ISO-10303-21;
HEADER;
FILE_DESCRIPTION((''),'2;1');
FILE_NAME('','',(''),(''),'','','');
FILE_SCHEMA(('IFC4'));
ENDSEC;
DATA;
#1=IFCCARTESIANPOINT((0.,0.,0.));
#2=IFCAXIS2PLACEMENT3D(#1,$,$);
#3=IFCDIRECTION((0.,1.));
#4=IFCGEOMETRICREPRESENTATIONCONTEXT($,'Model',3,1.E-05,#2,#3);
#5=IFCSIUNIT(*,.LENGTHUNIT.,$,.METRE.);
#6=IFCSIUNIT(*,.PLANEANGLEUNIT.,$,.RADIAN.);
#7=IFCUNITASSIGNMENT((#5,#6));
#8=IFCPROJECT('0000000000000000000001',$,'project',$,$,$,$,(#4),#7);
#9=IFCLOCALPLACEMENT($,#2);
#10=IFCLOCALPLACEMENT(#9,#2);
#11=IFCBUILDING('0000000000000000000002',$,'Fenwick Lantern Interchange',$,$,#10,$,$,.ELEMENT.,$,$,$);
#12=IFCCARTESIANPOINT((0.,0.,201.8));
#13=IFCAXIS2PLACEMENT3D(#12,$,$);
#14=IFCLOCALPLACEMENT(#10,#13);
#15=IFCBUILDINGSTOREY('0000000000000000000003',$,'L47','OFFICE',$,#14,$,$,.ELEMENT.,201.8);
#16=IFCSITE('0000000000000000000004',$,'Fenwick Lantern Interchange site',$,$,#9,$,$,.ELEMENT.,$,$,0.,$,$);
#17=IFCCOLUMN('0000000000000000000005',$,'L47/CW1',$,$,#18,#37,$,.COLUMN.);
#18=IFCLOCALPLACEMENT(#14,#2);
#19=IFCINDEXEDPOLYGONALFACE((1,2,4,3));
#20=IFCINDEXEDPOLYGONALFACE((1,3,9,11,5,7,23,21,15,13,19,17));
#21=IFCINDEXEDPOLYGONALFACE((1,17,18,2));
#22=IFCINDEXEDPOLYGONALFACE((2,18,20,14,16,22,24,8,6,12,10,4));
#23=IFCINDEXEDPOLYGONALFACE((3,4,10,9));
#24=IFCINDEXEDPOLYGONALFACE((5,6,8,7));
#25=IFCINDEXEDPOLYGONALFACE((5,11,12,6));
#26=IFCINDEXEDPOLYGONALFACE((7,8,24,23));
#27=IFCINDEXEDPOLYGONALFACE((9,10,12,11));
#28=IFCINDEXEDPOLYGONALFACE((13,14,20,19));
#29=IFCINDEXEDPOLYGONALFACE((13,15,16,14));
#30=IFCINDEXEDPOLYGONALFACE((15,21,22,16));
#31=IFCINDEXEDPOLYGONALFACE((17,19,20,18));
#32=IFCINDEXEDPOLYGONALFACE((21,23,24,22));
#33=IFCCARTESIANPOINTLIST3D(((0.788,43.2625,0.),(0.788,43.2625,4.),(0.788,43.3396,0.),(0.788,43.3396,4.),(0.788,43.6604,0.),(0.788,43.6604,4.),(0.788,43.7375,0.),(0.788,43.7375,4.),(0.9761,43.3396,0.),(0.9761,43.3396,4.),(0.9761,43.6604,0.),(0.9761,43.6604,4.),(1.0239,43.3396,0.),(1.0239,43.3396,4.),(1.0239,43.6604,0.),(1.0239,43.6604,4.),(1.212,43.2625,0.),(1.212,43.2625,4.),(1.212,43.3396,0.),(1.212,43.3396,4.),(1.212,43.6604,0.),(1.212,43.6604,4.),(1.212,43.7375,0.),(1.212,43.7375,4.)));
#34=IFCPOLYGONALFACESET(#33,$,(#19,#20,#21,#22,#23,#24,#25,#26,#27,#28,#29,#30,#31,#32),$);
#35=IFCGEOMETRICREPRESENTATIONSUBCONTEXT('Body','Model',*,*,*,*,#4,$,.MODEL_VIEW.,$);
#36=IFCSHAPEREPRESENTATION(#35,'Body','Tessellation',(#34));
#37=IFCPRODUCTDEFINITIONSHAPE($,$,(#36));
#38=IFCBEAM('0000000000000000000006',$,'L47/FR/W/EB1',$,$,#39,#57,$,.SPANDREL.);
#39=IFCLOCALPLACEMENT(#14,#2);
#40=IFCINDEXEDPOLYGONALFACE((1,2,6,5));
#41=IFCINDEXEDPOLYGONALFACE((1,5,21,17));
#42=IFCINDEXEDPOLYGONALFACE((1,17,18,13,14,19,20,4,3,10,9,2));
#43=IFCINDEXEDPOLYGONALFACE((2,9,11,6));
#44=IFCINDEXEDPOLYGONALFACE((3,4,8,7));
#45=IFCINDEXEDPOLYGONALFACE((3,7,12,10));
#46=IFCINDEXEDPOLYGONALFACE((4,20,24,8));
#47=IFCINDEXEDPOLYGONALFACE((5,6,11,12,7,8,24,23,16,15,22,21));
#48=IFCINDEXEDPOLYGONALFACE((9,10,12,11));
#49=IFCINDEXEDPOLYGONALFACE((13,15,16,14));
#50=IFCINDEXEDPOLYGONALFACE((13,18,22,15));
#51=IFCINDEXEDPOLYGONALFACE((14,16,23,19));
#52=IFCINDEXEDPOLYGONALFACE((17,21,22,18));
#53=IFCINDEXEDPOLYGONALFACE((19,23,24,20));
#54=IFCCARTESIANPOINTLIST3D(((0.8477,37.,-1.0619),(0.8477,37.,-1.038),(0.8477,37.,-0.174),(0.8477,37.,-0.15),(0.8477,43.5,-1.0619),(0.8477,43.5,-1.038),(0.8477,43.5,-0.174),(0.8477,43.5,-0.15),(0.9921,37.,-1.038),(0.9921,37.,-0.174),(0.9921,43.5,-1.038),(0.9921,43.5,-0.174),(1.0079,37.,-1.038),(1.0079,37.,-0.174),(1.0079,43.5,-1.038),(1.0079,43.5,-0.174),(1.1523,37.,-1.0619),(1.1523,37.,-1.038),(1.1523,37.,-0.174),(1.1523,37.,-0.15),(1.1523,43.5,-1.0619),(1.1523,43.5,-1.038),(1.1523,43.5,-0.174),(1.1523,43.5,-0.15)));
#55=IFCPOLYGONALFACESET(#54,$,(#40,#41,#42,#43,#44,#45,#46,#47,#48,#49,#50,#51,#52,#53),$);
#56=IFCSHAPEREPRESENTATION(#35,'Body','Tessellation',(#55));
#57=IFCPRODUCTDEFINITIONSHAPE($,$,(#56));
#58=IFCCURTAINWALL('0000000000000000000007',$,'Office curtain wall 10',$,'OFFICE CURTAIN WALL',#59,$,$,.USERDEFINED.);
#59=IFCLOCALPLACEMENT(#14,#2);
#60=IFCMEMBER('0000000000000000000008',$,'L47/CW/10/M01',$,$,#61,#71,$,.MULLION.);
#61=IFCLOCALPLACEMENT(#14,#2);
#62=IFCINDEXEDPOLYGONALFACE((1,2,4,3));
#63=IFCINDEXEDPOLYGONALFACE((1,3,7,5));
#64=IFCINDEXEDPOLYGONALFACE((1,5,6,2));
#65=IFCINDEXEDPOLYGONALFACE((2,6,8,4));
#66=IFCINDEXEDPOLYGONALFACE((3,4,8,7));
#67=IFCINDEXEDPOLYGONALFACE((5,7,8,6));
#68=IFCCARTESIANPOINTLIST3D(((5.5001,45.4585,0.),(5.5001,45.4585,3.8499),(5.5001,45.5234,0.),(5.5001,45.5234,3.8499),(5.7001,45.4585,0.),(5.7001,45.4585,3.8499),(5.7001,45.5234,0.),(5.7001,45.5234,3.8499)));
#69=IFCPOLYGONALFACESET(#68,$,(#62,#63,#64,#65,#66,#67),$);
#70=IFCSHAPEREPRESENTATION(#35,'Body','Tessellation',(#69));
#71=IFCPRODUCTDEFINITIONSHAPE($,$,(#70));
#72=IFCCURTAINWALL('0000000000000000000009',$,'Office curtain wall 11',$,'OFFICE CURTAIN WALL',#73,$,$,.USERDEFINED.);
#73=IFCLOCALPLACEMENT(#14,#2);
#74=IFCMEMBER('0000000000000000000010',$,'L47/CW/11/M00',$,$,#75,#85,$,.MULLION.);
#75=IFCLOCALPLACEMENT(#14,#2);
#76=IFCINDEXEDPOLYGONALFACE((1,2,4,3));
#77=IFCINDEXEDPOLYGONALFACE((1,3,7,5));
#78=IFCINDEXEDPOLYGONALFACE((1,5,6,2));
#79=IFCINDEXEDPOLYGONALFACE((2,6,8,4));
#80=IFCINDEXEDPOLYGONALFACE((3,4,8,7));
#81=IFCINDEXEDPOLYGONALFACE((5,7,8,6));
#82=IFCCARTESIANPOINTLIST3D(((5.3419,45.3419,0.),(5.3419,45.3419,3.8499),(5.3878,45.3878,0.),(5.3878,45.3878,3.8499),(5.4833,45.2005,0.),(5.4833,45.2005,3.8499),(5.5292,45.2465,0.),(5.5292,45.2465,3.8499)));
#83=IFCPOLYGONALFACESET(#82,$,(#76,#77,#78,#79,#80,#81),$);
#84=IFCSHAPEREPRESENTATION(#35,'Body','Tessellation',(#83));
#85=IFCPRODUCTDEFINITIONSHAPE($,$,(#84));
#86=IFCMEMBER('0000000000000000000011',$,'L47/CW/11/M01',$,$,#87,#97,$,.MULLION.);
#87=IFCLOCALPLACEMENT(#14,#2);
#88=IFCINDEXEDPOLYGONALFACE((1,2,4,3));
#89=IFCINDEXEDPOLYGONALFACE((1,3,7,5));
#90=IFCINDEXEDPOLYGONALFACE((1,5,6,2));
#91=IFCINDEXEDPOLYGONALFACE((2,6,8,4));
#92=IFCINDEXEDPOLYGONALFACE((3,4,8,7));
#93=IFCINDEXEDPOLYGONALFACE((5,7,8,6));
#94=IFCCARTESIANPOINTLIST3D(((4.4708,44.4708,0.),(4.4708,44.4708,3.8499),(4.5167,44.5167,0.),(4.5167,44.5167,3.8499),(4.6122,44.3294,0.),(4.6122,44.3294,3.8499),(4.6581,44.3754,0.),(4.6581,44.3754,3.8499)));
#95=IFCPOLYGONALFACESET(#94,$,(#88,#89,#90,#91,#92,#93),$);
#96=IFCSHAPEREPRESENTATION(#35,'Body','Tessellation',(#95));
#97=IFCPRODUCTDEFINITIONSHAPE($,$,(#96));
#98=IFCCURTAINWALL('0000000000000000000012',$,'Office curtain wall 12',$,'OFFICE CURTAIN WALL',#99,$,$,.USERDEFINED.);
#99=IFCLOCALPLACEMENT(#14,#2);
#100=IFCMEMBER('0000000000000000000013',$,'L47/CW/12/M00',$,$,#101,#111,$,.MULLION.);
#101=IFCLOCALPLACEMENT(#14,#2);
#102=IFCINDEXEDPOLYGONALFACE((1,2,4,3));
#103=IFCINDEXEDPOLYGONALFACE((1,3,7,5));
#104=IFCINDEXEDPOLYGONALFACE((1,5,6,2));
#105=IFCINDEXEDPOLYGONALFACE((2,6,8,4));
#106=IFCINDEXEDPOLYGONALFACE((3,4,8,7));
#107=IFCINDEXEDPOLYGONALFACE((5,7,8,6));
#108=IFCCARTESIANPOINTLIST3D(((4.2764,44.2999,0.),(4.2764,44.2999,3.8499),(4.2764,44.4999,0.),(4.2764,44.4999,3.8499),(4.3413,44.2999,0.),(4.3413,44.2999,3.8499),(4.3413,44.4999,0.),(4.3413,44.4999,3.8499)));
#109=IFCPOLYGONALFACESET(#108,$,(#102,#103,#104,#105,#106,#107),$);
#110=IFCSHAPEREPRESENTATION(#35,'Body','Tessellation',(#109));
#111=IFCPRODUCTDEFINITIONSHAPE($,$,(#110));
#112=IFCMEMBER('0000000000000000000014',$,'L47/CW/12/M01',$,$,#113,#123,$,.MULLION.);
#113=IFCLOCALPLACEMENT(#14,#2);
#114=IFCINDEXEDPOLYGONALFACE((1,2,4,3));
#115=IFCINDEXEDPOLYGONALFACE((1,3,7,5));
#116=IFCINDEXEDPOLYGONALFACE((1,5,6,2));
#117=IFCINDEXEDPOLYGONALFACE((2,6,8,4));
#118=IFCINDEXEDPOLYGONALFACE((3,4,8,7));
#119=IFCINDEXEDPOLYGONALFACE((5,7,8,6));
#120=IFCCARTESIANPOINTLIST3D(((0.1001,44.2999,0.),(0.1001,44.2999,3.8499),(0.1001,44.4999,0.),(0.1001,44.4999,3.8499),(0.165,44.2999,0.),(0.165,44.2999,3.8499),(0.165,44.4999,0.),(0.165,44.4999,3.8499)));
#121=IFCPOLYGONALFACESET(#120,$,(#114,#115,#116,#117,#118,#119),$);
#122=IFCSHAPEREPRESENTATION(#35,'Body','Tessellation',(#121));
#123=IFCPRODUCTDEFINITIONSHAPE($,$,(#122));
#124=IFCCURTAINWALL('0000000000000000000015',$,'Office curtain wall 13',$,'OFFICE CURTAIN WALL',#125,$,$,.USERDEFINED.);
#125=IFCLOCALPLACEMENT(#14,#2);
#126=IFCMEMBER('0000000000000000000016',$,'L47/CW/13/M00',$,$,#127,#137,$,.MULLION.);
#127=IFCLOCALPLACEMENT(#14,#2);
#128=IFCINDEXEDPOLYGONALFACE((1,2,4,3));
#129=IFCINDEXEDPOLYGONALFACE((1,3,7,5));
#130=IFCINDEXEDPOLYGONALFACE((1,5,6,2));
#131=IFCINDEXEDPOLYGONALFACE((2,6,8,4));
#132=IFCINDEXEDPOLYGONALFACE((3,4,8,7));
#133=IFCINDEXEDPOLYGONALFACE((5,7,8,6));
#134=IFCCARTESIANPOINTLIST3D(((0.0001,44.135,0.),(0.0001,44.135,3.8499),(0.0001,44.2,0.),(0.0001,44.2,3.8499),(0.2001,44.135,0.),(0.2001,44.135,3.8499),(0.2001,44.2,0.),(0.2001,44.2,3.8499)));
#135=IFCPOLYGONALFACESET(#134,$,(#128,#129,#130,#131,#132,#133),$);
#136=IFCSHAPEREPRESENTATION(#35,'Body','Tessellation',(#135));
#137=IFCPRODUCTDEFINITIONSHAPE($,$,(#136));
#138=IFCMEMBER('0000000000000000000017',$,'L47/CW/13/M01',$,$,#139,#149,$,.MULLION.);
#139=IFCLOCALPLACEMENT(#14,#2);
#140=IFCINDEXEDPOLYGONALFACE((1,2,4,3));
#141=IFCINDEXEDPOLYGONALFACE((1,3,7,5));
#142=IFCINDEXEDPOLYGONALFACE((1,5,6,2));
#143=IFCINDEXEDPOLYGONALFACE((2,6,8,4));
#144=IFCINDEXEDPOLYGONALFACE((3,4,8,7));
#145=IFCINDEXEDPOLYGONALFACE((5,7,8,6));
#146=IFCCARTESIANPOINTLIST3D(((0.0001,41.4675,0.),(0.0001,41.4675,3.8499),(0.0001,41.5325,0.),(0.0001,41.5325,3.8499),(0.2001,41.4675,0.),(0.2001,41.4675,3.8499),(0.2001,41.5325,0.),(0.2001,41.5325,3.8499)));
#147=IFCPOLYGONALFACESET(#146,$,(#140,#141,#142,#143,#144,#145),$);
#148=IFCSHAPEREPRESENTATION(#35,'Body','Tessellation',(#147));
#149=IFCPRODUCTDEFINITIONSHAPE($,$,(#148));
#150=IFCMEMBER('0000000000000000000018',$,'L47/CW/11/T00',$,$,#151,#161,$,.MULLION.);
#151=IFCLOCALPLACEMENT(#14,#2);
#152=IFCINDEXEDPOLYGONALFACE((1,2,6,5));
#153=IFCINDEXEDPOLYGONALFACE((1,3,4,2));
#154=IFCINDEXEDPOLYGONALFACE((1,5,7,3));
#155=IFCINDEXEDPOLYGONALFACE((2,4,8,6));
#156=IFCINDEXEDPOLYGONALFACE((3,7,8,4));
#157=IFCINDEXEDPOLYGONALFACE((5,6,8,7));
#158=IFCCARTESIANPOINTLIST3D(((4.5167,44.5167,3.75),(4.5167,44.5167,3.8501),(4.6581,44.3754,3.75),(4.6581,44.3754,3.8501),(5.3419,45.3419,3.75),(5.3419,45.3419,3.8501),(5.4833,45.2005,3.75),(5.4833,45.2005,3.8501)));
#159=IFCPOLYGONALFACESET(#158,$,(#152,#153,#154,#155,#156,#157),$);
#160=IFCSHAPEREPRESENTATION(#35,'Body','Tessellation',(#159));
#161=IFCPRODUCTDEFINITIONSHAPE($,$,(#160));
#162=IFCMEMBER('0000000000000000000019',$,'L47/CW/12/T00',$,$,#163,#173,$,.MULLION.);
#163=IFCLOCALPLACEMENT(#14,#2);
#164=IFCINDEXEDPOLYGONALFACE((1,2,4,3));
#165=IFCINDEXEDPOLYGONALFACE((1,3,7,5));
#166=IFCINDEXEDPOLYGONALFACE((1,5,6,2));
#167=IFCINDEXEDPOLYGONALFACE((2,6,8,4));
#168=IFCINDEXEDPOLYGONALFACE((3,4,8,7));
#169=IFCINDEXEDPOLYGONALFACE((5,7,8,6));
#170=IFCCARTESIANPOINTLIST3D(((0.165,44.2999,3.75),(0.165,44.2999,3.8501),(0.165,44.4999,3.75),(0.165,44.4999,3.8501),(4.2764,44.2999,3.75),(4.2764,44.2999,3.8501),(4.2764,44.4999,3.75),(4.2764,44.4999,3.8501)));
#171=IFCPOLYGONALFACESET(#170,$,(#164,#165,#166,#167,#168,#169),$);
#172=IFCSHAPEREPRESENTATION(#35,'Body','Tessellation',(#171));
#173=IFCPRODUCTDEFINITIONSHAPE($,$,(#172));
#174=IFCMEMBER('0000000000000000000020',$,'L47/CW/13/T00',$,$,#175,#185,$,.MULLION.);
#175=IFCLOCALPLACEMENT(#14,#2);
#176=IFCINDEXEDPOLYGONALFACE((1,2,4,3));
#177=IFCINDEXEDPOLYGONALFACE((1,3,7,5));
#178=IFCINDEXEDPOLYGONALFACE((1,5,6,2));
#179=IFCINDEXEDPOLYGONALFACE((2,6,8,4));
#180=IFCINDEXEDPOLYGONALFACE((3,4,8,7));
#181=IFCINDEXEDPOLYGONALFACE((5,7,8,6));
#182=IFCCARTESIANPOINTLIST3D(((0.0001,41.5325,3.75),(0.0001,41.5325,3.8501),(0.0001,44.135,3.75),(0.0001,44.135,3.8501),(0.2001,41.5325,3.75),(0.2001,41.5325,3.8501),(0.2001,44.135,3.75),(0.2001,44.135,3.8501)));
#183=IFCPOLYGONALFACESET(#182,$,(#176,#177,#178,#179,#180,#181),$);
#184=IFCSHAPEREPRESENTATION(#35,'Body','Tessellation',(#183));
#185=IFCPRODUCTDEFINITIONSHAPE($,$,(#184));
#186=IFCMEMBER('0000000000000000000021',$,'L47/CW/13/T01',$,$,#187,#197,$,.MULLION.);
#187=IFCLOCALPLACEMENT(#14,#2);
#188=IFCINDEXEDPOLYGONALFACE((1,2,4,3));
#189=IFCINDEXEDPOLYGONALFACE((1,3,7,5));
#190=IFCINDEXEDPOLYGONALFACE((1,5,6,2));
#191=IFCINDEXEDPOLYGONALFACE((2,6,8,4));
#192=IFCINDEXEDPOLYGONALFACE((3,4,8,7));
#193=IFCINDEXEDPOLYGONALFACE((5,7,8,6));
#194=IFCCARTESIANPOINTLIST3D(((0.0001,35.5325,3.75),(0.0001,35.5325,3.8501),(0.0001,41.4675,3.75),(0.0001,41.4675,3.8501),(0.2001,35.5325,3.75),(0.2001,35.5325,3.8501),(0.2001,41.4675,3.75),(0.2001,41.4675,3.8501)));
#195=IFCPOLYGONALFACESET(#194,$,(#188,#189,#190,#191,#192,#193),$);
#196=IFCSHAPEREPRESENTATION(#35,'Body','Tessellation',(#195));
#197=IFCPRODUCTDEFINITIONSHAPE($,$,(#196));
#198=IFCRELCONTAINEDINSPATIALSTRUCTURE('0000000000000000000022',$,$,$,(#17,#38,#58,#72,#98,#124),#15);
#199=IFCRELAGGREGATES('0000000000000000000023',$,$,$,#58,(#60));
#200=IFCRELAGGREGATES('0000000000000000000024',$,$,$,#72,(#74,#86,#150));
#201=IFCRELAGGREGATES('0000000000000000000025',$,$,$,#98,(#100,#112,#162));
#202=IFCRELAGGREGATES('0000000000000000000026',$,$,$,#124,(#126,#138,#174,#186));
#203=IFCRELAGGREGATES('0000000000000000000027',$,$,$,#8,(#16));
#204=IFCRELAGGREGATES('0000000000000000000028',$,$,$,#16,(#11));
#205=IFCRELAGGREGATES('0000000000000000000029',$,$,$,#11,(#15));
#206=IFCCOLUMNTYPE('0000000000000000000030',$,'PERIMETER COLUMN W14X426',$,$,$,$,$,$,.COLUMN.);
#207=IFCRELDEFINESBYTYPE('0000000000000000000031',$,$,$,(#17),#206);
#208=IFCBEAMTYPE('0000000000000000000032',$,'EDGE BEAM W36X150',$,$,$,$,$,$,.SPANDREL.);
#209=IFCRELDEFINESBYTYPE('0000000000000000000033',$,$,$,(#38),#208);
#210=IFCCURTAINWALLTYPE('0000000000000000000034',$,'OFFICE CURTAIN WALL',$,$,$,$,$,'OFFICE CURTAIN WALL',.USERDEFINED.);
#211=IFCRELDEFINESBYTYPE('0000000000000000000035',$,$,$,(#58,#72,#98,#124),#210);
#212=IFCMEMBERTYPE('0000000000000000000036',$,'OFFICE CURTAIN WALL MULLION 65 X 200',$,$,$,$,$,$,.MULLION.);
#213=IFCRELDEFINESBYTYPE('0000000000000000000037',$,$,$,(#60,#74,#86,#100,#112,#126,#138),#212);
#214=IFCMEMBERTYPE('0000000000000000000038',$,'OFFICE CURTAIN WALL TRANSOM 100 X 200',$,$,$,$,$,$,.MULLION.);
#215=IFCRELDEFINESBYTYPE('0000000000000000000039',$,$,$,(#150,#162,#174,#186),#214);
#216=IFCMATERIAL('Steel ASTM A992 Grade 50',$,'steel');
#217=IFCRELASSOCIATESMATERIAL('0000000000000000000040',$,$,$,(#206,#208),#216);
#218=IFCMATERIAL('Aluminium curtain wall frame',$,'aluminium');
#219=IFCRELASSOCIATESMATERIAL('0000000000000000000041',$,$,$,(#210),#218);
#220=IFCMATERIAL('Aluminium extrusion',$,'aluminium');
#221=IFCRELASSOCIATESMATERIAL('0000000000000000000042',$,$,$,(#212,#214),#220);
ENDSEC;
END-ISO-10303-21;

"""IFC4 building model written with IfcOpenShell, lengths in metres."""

from ifc_helpers import new_model, si_unit, direction, frame, origin, origin_2d, place, context, subcontext, project, spatial, rectangle, i_section, extrude, material, material_profile, profile_set, type_object, element, aggregate, save


model = new_model("IFC4")

# Units and contexts
model_context = context("Model", 3, precision=1e-05, world=origin(), true_north=direction((0.0, 1.0)))
body_context = subcontext(model_context, "Body", "Model", "MODEL_VIEW")
ifc_project = project(units=[si_unit("LENGTHUNIT", "METRE"), si_unit("PLANEANGLEUNIT", "RADIAN")], contexts=[model_context])

# Site, building, storey
site_placement = place(None, origin())
site = spatial("IfcSite", under=ifc_project, at=site_placement, Name="Fenwick Lantern Interchange site", CompositionType="ELEMENT", RefElevation=0.0)
building_placement = place(site_placement, origin())
building = spatial("IfcBuilding", under=site, at=building_placement, Name="Fenwick Lantern Interchange", CompositionType="ELEMENT")
storey_placement = place(building_placement, frame((0.0, 0.0, 201.8)))
storey = spatial("IfcBuildingStorey", under=building, at=storey_placement, Name="L47", Description="OFFICE", CompositionType="ELEMENT", Elevation=201.8)

# Column
ifc_material_1 = material(Name="Steel ASTM A992 Grade 50", Category="steel")
ifc_material_profile_1 = material_profile(ifc_material_1, i_section(OverallWidth=0.4241, OverallDepth=0.4751, WebThickness=0.0479, FlangeThickness=0.0771, at=origin_2d()), Name="W14X426")
ifc_profile_set_1 = profile_set([ifc_material_profile_1], Name="Steel ASTM A992 Grade 50")
column_type = type_object("IfcColumnType", Name="PERIMETER COLUMN W14X426", PredefinedType="COLUMN", material=ifc_profile_set_1)
column_placement = place(storey_placement, frame((1.0, 43.5, 0.0), z_axis=(0.0, 0.0, 1.0), x_axis=(1.0, 0.0, 0.0)))
element("IfcColumn", 1, at=column_placement, inside=storey, type_object=column_type, Name="L47/CW1", PredefinedType="COLUMN", context=body_context, shape_type="SweptSolid", body=[
    extrude(i_section(OverallWidth=0.4241, OverallDepth=0.4751, WebThickness=0.0479, FlangeThickness=0.0771, at=origin_2d()), origin(), (0.0, 0.0, 1.0), 4.0),
])

# Beam
ifc_material_profile_2 = material_profile(ifc_material_1, i_section(OverallWidth=0.3047, OverallDepth=0.9119, WebThickness=0.0159, FlangeThickness=0.0239, at=origin_2d()), Name="W36X150")
ifc_profile_set_2 = profile_set([ifc_material_profile_2], Name="Steel ASTM A992 Grade 50")
beam_type = type_object("IfcBeamType", Name="EDGE BEAM W36X150", PredefinedType="SPANDREL", material=ifc_profile_set_2)
beam_placement = place(storey_placement, frame((1.0, 43.5, -0.606), z_axis=(0.0, -1.0, 0.0), x_axis=(1.0, 0.0, 0.0)))
element("IfcBeam", 2, at=beam_placement, inside=storey, type_object=beam_type, Name="L47/FR/W/EB1", PredefinedType="SPANDREL", context=body_context, shape_type="SweptSolid", body=[
    extrude(i_section(OverallWidth=0.3047, OverallDepth=0.9119, WebThickness=0.0159, FlangeThickness=0.0239, at=origin_2d()), origin(), (0.0, 0.0, 1.0), 6.5),
])

# Curtain wall, member
ifc_material_2 = material(Name="Aluminium curtain wall frame", Category="aluminium")
curtain_wall_type = type_object("IfcCurtainWallType", Name="OFFICE CURTAIN WALL", ElementType="OFFICE CURTAIN WALL", PredefinedType="USERDEFINED", material=ifc_material_2)
curtain_wall_1_placement = place(storey_placement, origin())
curtain_wall_1 = element("IfcCurtainWall", 3, at=curtain_wall_1_placement, inside=storey, type_object=curtain_wall_type, Name="Office curtain wall 10", ObjectType="OFFICE CURTAIN WALL", PredefinedType="USERDEFINED")
ifc_material_3 = material(Name="Aluminium extrusion", Category="aluminium")
ifc_material_profile_3 = material_profile(ifc_material_3, rectangle(XDim=0.2, YDim=0.0649, at=origin_2d()), Name="OFFICE CURTAIN WALL MULLION 65 X 200")
ifc_profile_set_3 = profile_set([ifc_material_profile_3], Name="Aluminium extrusion")
member_type_1 = type_object("IfcMemberType", Name="OFFICE CURTAIN WALL MULLION 65 X 200", PredefinedType="MULLION", material=ifc_profile_set_3)
member_1_placement = place(storey_placement, frame((5.6001, 45.491, 0.0), z_axis=(0.0, 0.0, 1.0), x_axis=(1.0, 0.0, 0.0)))
member_1 = element("IfcMember", 4, at=member_1_placement, type_object=member_type_1, Name="L47/CW/10/M01", PredefinedType="MULLION", context=body_context, shape_type="SweptSolid", body=[
    extrude(rectangle(XDim=0.2, YDim=0.0649, at=origin_2d()), origin(), (0.0, 0.0, 1.0), 3.8499),
])

# Curtain walls, members
curtain_wall_2_placement = place(storey_placement, origin())
curtain_wall_2 = element("IfcCurtainWall", 5, at=curtain_wall_2_placement, inside=storey, type_object=curtain_wall_type, Name="Office curtain wall 11", ObjectType="OFFICE CURTAIN WALL", PredefinedType="USERDEFINED")
member_2_placement = place(storey_placement, frame((5.4355, 45.2942, 0.0), z_axis=(0.0, 0.0, 1.0), x_axis=(0.707107, -0.707107, 0.0)))
member_2 = element("IfcMember", 6, at=member_2_placement, type_object=member_type_1, Name="L47/CW/11/M00", PredefinedType="MULLION", context=body_context, shape_type="SweptSolid", body=[
    extrude(rectangle(XDim=0.2, YDim=0.0649, at=origin_2d()), origin(), (0.0, 0.0, 1.0), 3.8499),
])
member_3_placement = place(storey_placement, frame((4.5645, 44.4231, 0.0), z_axis=(0.0, 0.0, 1.0), x_axis=(0.707107, -0.707107, 0.0)))
member_3 = element("IfcMember", 7, at=member_3_placement, type_object=member_type_1, Name="L47/CW/11/M01", PredefinedType="MULLION", context=body_context, shape_type="SweptSolid", body=[
    extrude(rectangle(XDim=0.2, YDim=0.0649, at=origin_2d()), origin(), (0.0, 0.0, 1.0), 3.8499),
])
curtain_wall_3_placement = place(storey_placement, origin())
curtain_wall_3 = element("IfcCurtainWall", 8, at=curtain_wall_3_placement, inside=storey, type_object=curtain_wall_type, Name="Office curtain wall 12", ObjectType="OFFICE CURTAIN WALL", PredefinedType="USERDEFINED")
member_4_placement = place(storey_placement, frame((4.3088, 44.3999, 0.0), z_axis=(0.0, 0.0, 1.0), x_axis=(0.0, -1.0, 0.0)))
member_4 = element("IfcMember", 9, at=member_4_placement, type_object=member_type_1, Name="L47/CW/12/M00", PredefinedType="MULLION", context=body_context, shape_type="SweptSolid", body=[
    extrude(rectangle(XDim=0.2, YDim=0.0649, at=origin_2d()), origin(), (0.0, 0.0, 1.0), 3.8499),
])
member_5_placement = place(storey_placement, frame((0.1326, 44.3999, 0.0), z_axis=(0.0, 0.0, 1.0), x_axis=(0.0, -1.0, 0.0)))
member_5 = element("IfcMember", 10, at=member_5_placement, type_object=member_type_1, Name="L47/CW/12/M01", PredefinedType="MULLION", context=body_context, shape_type="SweptSolid", body=[
    extrude(rectangle(XDim=0.2, YDim=0.0649, at=origin_2d()), origin(), (0.0, 0.0, 1.0), 3.8499),
])
curtain_wall_4_placement = place(storey_placement, origin())
curtain_wall_4 = element("IfcCurtainWall", 11, at=curtain_wall_4_placement, inside=storey, type_object=curtain_wall_type, Name="Office curtain wall 13", ObjectType="OFFICE CURTAIN WALL", PredefinedType="USERDEFINED")
member_6_placement = place(storey_placement, frame((0.1001, 44.1675, 0.0), z_axis=(0.0, 0.0, 1.0), x_axis=(1.0, 0.0, 0.0)))
member_6 = element("IfcMember", 12, at=member_6_placement, type_object=member_type_1, Name="L47/CW/13/M00", PredefinedType="MULLION", context=body_context, shape_type="SweptSolid", body=[
    extrude(rectangle(XDim=0.2, YDim=0.0649, at=origin_2d()), origin(), (0.0, 0.0, 1.0), 3.8499),
])
member_7_placement = place(storey_placement, frame((0.1001, 41.5, 0.0), z_axis=(0.0, 0.0, 1.0), x_axis=(1.0, 0.0, 0.0)))
member_7 = element("IfcMember", 13, at=member_7_placement, type_object=member_type_1, Name="L47/CW/13/M01", PredefinedType="MULLION", context=body_context, shape_type="SweptSolid", body=[
    extrude(rectangle(XDim=0.2, YDim=0.0649, at=origin_2d()), origin(), (0.0, 0.0, 1.0), 3.8499),
])

# Members
ifc_material_profile_4 = material_profile(ifc_material_3, rectangle(XDim=0.2, YDim=0.1001, at=origin_2d()), Name="OFFICE CURTAIN WALL TRANSOM 100 X 200")
ifc_profile_set_4 = profile_set([ifc_material_profile_4], Name="Aluminium extrusion")
member_type_2 = type_object("IfcMemberType", Name="OFFICE CURTAIN WALL TRANSOM 100 X 200", PredefinedType="MULLION", material=ifc_profile_set_4)
member_8_placement = place(storey_placement, frame((5.4126, 45.2712, 3.8), z_axis=(-0.707107, -0.707107, 0.0), x_axis=(0.707107, -0.707107, 0.0)))
member_8 = element("IfcMember", 14, at=member_8_placement, type_object=member_type_2, Name="L47/CW/11/T00", PredefinedType="MULLION", context=body_context, shape_type="SweptSolid", body=[
    extrude(rectangle(XDim=0.2, YDim=0.1001, at=origin_2d()), origin(), (0.0, 0.0, 1.0), 1.167),
])
member_9_placement = place(storey_placement, frame((4.2764, 44.3999, 3.8), z_axis=(-1.0, 0.0, 0.0), x_axis=(0.0, -1.0, 0.0)))
member_9 = element("IfcMember", 15, at=member_9_placement, type_object=member_type_2, Name="L47/CW/12/T00", PredefinedType="MULLION", context=body_context, shape_type="SweptSolid", body=[
    extrude(rectangle(XDim=0.2, YDim=0.1001, at=origin_2d()), origin(), (0.0, 0.0, 1.0), 4.1113),
])
member_10_placement = place(storey_placement, frame((0.1001, 44.135, 3.8), z_axis=(0.0, -1.0, 0.0), x_axis=(1.0, 0.0, 0.0)))
member_10 = element("IfcMember", 16, at=member_10_placement, type_object=member_type_2, Name="L47/CW/13/T00", PredefinedType="MULLION", context=body_context, shape_type="SweptSolid", body=[
    extrude(rectangle(XDim=0.2, YDim=0.1001, at=origin_2d()), origin(), (0.0, 0.0, 1.0), 2.6025),
])
member_11_placement = place(storey_placement, frame((0.1001, 41.4675, 3.8), z_axis=(0.0, -1.0, 0.0), x_axis=(1.0, 0.0, 0.0)))
member_11 = element("IfcMember", 17, at=member_11_placement, type_object=member_type_2, Name="L47/CW/13/T01", PredefinedType="MULLION", context=body_context, shape_type="SweptSolid", body=[
    extrude(rectangle(XDim=0.2, YDim=0.1001, at=origin_2d()), origin(), (0.0, 0.0, 1.0), 5.9351),
])

aggregate(curtain_wall_1, [member_1])
aggregate(curtain_wall_2, [member_2, member_3, member_8])
aggregate(curtain_wall_3, [member_4, member_5, member_9])
aggregate(curtain_wall_4, [member_6, member_7, member_10, member_11])

save(model, "model.ifc")
